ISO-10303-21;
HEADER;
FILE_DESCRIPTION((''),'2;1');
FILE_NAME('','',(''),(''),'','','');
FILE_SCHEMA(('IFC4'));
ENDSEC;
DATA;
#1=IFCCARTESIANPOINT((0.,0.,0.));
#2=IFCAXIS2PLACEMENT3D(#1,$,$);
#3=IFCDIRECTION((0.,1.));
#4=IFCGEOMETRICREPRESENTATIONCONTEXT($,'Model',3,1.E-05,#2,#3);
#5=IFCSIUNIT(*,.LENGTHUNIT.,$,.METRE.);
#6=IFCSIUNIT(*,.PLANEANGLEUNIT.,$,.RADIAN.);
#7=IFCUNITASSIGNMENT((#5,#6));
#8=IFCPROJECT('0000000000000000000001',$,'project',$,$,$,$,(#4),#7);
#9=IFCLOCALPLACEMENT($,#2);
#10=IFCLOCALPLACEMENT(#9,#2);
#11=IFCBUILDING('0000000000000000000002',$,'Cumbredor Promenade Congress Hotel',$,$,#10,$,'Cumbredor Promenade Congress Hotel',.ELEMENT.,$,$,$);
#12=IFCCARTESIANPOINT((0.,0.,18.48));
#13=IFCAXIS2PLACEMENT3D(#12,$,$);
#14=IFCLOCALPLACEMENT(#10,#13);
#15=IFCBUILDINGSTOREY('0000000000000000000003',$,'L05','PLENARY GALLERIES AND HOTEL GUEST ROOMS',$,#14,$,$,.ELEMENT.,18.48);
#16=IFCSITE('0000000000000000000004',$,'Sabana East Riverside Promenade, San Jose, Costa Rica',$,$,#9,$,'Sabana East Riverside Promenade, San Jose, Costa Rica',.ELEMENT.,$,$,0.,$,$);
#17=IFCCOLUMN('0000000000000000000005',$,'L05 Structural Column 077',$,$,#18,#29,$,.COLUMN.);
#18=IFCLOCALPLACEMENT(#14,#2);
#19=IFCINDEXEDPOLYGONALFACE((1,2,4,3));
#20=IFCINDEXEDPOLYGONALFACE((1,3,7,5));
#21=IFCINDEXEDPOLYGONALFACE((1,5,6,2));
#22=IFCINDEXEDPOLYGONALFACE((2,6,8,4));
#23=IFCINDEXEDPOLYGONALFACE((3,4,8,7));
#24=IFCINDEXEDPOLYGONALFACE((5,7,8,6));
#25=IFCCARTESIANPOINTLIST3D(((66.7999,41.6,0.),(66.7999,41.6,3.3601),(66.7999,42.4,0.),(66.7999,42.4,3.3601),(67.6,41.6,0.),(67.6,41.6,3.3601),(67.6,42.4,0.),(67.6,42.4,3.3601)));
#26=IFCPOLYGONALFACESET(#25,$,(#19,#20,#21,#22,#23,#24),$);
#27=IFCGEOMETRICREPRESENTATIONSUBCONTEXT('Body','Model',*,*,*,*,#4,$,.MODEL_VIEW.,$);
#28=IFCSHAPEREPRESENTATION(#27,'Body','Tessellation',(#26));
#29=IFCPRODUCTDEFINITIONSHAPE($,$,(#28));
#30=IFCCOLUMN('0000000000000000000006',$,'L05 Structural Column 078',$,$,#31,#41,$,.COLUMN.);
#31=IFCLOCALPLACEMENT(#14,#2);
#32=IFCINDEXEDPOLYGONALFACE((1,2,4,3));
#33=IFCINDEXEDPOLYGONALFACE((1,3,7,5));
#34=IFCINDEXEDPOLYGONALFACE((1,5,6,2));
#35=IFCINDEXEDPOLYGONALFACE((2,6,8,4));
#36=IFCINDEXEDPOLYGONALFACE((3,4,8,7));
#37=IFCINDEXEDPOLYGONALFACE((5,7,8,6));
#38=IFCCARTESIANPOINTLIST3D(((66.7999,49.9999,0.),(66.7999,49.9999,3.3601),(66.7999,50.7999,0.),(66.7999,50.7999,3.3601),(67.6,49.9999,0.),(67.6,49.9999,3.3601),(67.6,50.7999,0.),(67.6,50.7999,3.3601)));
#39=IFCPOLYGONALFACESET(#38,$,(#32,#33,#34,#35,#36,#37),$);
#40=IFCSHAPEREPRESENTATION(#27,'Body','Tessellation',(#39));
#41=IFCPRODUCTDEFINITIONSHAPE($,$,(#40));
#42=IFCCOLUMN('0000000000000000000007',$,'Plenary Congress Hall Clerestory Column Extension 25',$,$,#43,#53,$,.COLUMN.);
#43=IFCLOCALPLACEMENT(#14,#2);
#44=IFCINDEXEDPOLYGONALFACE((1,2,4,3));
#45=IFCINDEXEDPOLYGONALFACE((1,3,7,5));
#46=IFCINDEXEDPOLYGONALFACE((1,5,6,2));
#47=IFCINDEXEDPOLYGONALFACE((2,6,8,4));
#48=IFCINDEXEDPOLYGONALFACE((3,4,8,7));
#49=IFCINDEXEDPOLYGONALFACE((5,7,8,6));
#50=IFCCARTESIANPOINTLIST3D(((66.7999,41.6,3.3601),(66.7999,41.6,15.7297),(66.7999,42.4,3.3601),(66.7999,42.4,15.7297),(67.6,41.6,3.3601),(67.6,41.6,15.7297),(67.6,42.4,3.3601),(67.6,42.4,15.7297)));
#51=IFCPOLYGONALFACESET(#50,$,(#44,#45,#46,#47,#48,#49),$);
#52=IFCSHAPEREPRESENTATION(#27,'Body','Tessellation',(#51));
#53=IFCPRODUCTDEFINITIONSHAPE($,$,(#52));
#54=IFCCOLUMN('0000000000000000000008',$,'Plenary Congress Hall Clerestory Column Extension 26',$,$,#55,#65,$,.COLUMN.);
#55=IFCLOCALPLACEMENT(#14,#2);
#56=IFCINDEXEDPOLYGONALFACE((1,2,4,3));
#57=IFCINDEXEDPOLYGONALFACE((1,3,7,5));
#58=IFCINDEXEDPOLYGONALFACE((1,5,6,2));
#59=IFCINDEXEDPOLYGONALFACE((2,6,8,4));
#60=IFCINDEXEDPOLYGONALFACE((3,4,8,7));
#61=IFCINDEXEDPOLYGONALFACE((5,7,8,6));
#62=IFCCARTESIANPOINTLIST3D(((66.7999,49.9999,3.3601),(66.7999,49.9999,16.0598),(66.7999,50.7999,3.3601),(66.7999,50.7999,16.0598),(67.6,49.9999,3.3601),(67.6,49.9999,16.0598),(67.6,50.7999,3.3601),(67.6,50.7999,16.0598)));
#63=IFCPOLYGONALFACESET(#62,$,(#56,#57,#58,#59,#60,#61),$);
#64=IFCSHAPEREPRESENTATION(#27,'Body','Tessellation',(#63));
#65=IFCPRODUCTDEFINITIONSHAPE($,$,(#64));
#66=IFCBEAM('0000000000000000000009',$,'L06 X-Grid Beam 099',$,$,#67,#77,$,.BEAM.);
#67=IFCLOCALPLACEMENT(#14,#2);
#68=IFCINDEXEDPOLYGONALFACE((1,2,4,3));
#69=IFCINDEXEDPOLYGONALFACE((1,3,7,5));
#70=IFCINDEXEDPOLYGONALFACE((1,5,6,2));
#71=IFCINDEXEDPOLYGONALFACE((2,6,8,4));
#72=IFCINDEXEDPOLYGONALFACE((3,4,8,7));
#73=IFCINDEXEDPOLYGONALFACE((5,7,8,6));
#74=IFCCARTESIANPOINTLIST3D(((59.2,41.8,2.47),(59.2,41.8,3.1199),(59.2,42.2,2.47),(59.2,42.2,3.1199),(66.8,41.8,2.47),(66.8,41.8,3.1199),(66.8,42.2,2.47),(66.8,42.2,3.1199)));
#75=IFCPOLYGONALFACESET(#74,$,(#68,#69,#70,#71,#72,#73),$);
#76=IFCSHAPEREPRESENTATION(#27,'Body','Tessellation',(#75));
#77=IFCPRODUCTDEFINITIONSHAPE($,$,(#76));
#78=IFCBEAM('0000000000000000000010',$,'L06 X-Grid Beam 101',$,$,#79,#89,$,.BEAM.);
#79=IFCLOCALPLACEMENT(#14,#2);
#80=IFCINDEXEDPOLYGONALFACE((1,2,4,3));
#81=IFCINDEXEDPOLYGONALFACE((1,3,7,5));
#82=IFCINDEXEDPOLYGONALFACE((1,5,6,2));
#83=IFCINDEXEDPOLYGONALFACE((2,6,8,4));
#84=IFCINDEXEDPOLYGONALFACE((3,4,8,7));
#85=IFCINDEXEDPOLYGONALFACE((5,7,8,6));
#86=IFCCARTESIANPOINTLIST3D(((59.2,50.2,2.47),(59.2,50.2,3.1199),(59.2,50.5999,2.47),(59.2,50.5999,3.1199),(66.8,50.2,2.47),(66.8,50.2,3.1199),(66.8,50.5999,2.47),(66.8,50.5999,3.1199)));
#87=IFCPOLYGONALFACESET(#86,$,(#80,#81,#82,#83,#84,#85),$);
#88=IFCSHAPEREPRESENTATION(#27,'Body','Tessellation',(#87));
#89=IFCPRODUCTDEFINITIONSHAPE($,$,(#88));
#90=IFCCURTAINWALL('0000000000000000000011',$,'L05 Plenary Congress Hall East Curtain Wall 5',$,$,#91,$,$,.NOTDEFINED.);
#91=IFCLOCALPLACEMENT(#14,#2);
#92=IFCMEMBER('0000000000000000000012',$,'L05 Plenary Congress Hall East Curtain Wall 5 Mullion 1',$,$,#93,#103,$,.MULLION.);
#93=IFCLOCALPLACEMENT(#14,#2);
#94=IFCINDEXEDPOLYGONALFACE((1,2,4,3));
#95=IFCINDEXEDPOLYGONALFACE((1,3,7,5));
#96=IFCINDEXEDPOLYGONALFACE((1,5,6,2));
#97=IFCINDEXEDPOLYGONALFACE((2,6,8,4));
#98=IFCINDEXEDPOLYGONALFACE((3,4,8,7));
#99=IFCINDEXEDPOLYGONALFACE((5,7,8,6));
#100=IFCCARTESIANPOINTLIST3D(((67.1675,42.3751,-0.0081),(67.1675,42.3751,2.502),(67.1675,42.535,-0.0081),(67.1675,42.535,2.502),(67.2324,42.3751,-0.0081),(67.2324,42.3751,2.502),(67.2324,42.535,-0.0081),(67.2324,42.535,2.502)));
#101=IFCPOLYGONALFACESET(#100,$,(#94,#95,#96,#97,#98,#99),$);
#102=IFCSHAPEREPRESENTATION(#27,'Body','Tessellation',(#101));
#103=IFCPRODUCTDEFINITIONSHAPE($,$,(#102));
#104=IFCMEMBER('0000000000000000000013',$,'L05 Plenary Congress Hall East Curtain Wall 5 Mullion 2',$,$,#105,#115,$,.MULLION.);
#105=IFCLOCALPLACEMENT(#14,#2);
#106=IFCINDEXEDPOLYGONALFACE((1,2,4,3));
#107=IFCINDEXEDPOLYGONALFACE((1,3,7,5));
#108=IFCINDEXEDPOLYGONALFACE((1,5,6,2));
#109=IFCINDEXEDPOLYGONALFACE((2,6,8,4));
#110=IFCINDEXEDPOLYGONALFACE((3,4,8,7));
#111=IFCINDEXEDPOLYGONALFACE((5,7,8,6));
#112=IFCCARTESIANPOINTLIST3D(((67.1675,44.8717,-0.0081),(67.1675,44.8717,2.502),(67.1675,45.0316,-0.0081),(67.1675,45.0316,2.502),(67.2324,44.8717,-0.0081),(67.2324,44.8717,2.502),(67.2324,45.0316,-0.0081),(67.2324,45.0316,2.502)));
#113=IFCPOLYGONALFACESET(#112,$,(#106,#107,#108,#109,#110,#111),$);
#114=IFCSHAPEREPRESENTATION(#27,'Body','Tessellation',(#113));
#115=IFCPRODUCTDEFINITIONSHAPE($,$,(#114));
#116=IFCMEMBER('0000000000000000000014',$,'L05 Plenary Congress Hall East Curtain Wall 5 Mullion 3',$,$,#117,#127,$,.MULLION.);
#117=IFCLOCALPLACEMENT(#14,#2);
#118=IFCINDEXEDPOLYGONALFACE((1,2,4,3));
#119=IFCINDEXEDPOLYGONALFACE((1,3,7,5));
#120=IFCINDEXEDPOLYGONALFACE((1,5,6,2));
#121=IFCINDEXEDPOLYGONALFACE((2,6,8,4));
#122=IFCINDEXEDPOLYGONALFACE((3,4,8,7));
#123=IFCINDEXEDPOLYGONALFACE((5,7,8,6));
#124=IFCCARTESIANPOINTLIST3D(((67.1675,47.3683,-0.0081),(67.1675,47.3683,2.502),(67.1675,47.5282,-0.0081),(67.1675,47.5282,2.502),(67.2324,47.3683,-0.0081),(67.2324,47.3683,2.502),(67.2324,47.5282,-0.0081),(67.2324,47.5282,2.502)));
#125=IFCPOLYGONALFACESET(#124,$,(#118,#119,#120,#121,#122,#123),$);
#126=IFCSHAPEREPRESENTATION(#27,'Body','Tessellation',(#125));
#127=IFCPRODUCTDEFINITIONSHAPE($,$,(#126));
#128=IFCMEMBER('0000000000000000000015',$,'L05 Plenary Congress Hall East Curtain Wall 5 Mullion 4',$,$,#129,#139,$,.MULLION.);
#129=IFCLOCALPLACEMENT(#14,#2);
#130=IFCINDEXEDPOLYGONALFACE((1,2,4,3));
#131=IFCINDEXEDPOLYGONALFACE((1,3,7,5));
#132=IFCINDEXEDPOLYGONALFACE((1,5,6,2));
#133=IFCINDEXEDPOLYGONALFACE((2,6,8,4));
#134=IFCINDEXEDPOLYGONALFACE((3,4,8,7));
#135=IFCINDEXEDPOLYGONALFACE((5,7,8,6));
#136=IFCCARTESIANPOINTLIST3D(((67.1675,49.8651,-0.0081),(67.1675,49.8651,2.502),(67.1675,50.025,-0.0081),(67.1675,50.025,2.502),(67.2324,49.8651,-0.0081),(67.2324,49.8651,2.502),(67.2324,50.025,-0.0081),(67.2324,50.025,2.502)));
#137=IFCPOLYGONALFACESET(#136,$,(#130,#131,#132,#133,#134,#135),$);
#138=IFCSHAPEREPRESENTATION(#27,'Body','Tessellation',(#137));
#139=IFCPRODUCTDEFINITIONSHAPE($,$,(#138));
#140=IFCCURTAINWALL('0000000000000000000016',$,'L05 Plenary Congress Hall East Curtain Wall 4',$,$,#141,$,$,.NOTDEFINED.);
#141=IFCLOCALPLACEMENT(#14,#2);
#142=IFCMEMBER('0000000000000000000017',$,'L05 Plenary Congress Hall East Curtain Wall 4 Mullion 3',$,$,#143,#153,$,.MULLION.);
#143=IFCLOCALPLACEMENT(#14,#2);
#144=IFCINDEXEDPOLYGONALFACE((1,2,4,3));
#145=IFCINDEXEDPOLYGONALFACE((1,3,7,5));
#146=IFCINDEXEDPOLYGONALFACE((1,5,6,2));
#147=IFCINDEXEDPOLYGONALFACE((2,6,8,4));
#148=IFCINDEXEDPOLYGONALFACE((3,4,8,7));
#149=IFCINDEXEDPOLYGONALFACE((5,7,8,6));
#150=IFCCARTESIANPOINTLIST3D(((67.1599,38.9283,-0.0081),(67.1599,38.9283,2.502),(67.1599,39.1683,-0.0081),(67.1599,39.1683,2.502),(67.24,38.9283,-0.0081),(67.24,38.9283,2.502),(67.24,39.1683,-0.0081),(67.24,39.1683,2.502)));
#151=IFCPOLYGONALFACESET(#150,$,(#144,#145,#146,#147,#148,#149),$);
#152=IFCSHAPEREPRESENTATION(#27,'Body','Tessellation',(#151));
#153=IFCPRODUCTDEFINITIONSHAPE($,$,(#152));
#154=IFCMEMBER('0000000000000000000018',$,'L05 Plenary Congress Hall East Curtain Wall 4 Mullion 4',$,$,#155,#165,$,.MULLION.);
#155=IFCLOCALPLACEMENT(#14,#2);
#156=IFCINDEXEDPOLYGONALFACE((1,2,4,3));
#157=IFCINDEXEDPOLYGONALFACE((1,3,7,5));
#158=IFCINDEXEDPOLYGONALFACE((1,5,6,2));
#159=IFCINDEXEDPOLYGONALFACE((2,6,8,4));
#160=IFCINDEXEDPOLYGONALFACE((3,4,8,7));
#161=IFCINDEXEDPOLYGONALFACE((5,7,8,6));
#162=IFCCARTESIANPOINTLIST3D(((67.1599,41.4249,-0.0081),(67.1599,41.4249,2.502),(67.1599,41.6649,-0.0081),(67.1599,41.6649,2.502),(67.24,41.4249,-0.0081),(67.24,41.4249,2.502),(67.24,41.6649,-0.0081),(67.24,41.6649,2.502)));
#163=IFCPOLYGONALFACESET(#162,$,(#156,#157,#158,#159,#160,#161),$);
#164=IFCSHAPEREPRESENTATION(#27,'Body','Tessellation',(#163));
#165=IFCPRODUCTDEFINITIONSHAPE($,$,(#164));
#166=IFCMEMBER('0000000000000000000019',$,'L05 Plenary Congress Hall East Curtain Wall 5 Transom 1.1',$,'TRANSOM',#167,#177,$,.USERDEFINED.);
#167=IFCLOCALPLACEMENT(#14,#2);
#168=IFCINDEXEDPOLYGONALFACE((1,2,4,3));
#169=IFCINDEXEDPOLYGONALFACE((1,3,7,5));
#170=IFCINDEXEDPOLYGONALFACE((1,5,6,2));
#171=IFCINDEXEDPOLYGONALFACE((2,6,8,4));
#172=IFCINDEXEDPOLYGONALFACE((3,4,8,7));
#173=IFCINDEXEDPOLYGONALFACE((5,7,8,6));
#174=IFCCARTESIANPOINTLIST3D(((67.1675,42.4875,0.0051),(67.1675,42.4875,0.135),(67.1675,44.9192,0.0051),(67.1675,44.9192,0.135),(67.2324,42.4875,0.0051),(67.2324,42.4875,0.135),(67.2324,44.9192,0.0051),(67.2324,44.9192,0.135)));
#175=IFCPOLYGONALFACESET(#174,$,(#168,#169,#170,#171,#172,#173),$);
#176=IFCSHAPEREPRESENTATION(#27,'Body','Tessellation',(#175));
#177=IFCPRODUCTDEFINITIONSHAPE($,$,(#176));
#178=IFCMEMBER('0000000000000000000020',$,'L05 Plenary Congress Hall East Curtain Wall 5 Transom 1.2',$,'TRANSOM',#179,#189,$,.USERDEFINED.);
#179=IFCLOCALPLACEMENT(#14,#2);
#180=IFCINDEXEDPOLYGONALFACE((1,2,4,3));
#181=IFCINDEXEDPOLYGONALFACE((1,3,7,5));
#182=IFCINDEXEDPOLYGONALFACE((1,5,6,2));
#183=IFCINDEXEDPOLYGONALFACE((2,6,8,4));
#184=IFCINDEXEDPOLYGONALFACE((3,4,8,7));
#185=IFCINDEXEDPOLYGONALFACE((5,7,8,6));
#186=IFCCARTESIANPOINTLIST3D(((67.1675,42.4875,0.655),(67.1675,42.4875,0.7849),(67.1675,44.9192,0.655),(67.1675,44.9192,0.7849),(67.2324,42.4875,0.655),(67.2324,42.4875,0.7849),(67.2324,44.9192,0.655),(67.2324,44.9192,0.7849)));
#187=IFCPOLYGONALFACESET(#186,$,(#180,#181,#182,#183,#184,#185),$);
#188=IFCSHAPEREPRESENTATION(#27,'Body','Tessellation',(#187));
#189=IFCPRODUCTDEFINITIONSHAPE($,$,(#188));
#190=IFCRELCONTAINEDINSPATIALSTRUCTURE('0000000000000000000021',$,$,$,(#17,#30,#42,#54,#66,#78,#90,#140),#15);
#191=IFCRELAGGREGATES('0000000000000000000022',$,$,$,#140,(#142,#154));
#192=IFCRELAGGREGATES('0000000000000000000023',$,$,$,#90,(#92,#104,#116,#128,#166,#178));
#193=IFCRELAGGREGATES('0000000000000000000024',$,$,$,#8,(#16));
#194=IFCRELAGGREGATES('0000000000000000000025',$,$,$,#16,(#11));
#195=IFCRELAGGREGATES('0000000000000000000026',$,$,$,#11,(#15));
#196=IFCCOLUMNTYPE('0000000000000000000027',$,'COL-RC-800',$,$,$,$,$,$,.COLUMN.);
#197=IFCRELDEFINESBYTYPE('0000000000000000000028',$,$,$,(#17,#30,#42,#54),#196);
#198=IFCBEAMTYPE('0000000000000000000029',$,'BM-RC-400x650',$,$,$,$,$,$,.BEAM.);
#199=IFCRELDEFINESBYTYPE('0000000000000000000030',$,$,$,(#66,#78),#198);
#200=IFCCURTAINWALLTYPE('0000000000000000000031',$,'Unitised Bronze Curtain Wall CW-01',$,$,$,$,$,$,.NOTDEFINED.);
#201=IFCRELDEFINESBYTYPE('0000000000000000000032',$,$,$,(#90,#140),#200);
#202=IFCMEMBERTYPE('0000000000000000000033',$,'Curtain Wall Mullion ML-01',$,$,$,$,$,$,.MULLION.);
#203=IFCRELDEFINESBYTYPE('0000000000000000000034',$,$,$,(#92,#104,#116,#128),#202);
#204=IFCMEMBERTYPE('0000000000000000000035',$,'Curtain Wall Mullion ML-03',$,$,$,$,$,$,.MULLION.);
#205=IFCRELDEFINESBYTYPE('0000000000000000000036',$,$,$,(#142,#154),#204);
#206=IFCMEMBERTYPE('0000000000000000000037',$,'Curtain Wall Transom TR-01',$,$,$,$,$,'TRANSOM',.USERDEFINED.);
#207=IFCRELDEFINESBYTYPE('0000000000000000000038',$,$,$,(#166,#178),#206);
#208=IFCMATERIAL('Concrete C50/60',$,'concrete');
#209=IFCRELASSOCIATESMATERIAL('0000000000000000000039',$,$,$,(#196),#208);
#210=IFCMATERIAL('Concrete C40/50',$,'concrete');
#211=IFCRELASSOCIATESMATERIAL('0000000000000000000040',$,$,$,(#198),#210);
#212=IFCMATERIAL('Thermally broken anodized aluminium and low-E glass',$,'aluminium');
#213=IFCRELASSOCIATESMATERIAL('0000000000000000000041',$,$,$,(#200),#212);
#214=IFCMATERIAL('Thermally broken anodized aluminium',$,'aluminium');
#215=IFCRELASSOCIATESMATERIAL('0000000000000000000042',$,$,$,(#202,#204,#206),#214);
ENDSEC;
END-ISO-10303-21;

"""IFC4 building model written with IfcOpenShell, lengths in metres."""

from ifc_helpers import new_model, si_unit, direction, frame, origin, origin_2d, place, context, subcontext, project, spatial, rectangle, extrude, material, material_profile, profile_set, type_object, element, aggregate, save


model = new_model("IFC4")

# Units and contexts
model_context = context("Model", 3, precision=1e-05, world=origin(), true_north=direction((0.0, 1.0)))
body_context = subcontext(model_context, "Body", "Model", "MODEL_VIEW")
ifc_project = project(units=[si_unit("LENGTHUNIT", "METRE"), si_unit("PLANEANGLEUNIT", "RADIAN")], contexts=[model_context])

# Site, building, storey
site_placement = place(None, origin())
site = spatial("IfcSite", under=ifc_project, at=site_placement, Name="Sabana East Riverside Promenade, San Jose, Costa Rica", LongName="Sabana East Riverside Promenade, San Jose, Costa Rica", CompositionType="ELEMENT", RefElevation=0.0)
building_placement = place(site_placement, origin())
building = spatial("IfcBuilding", under=site, at=building_placement, Name="Cumbredor Promenade Congress Hotel", LongName="Cumbredor Promenade Congress Hotel", CompositionType="ELEMENT")
storey_placement = place(building_placement, frame((0.0, 0.0, 18.48)))
storey = spatial("IfcBuildingStorey", under=building, at=storey_placement, Name="L05", Description="PLENARY GALLERIES AND HOTEL GUEST ROOMS", CompositionType="ELEMENT", Elevation=18.48)

# Columns
ifc_material_1 = material(Name="Concrete C50/60", Category="concrete")
ifc_material_profile_1 = material_profile(ifc_material_1, rectangle(XDim=0.8, YDim=0.8, at=origin_2d()), Name="RC 800x800")
ifc_profile_set_1 = profile_set([ifc_material_profile_1], Name="Concrete C50/60")
column_type = type_object("IfcColumnType", Name="COL-RC-800", PredefinedType="COLUMN", material=ifc_profile_set_1)
for number, where, z_axis, x_axis, name in (
    (1, (67.2, 42.0, 0.0), (0.0, 0.0, 1.0), (1.0, 0.0, 0.0), "L05 Structural Column 077"),
    (2, (67.2, 50.3999, 0.0), (0.0, 0.0, 1.0), (1.0, 0.0, 0.0), "L05 Structural Column 078"),
):
    element("IfcColumn", number, at=place(storey_placement, frame(where, z_axis=z_axis, x_axis=x_axis)), inside=storey, type_object=column_type, Name=name, PredefinedType="COLUMN", context=body_context, shape_type="SweptSolid", body=[
        extrude(rectangle(XDim=0.8, YDim=0.8, at=origin_2d()), origin(), (0.0, 0.0, 1.0), 3.3601),
    ])
column_1_placement = place(storey_placement, frame((67.2, 42.0, 3.3601), z_axis=(0.0, 0.0, 1.0), x_axis=(1.0, 0.0, 0.0)))
element("IfcColumn", 3, at=column_1_placement, inside=storey, type_object=column_type, Name="Plenary Congress Hall Clerestory Column Extension 25", PredefinedType="COLUMN", context=body_context, shape_type="SweptSolid", body=[
    extrude(rectangle(XDim=0.8, YDim=0.8, at=origin_2d()), origin(), (0.0, 0.0, 1.0), 12.3696),
])
column_2_placement = place(storey_placement, frame((67.2, 50.3999, 3.3601), z_axis=(0.0, 0.0, 1.0), x_axis=(1.0, 0.0, 0.0)))
element("IfcColumn", 4, at=column_2_placement, inside=storey, type_object=column_type, Name="Plenary Congress Hall Clerestory Column Extension 26", PredefinedType="COLUMN", context=body_context, shape_type="SweptSolid", body=[
    extrude(rectangle(XDim=0.8, YDim=0.8, at=origin_2d()), origin(), (0.0, 0.0, 1.0), 12.6997),
])

# Beams
ifc_material_2 = material(Name="Concrete C40/50", Category="concrete")
ifc_material_profile_2 = material_profile(ifc_material_2, rectangle(XDim=0.3999, YDim=0.6499, at=origin_2d()), Name="RC BEAM 400x650")
ifc_profile_set_2 = profile_set([ifc_material_profile_2], Name="Concrete C40/50")
beam_type_1 = type_object("IfcBeamType", Name="BM-RC-400x650", PredefinedType="BEAM", material=ifc_profile_set_2)
for number, where, z_axis, x_axis, name in (
    (5, (59.2, 42.0, 2.7949), (1.0, 0.0, 0.0), (0.0, 1.0, 0.0), "L06 X-Grid Beam 099"),
    (6, (59.2, 50.3999, 2.7949), (1.0, 0.0, 0.0), (0.0, 1.0, 0.0), "L06 X-Grid Beam 101"),
):
    element("IfcBeam", number, at=place(storey_placement, frame(where, z_axis=z_axis, x_axis=x_axis)), inside=storey, type_object=beam_type_1, Name=name, PredefinedType="BEAM", context=body_context, shape_type="SweptSolid", body=[
        extrude(rectangle(XDim=0.3999, YDim=0.6499, at=origin_2d()), origin(), (0.0, 0.0, 1.0), 7.6001),
    ])

# Curtain walls, members
ifc_material_3 = material(Name="Thermally broken anodized aluminium and low-E glass", Category="aluminium")
curtain_wall_type = type_object("IfcCurtainWallType", Name="Unitised Bronze Curtain Wall CW-01", PredefinedType="NOTDEFINED", material=ifc_material_3)
curtain_wall_1_placement = place(storey_placement, origin())
curtain_wall_1 = element("IfcCurtainWall", 7, at=curtain_wall_1_placement, inside=storey, type_object=curtain_wall_type, Name="L05 Plenary Congress Hall East Curtain Wall 5", PredefinedType="NOTDEFINED")
ifc_material_4 = material(Name="Thermally broken anodized aluminium", Category="aluminium")
ifc_material_profile_3 = material_profile(ifc_material_4, rectangle(XDim=0.0649, YDim=0.1599, at=origin_2d()), Name="ALU MULLION 65x160")
ifc_profile_set_3 = profile_set([ifc_material_profile_3], Name="Thermally broken anodized aluminium")
member_type_1 = type_object("IfcMemberType", Name="Curtain Wall Mullion ML-01", PredefinedType="MULLION", material=ifc_profile_set_3)
member_1_placement = place(storey_placement, frame((67.2, 42.4551, -0.0081), z_axis=(0.0, 0.0, 1.0), x_axis=(1.0, 0.0, 0.0)))
member_1 = element("IfcMember", 8, at=member_1_placement, type_object=member_type_1, Name="L05 Plenary Congress Hall East Curtain Wall 5 Mullion 1", PredefinedType="MULLION", context=body_context, shape_type="SweptSolid", body=[
    extrude(rectangle(XDim=0.0649, YDim=0.1599, at=origin_2d()), origin(), (0.0, 0.0, 1.0), 2.51),
])
member_2_placement = place(storey_placement, frame((67.2, 44.9517, -0.0081), z_axis=(0.0, 0.0, 1.0), x_axis=(1.0, 0.0, 0.0)))
member_2 = element("IfcMember", 9, at=member_2_placement, type_object=member_type_1, Name="L05 Plenary Congress Hall East Curtain Wall 5 Mullion 2", PredefinedType="MULLION", context=body_context, shape_type="SweptSolid", body=[
    extrude(rectangle(XDim=0.0649, YDim=0.1599, at=origin_2d()), origin(), (0.0, 0.0, 1.0), 2.51),
])
member_3_placement = place(storey_placement, frame((67.2, 47.4482, -0.0081), z_axis=(0.0, 0.0, 1.0), x_axis=(1.0, 0.0, 0.0)))
member_3 = element("IfcMember", 10, at=member_3_placement, type_object=member_type_1, Name="L05 Plenary Congress Hall East Curtain Wall 5 Mullion 3", PredefinedType="MULLION", context=body_context, shape_type="SweptSolid", body=[
    extrude(rectangle(XDim=0.0649, YDim=0.1599, at=origin_2d()), origin(), (0.0, 0.0, 1.0), 2.51),
])
member_4_placement = place(storey_placement, frame((67.2, 49.9451, -0.0081), z_axis=(0.0, 0.0, 1.0), x_axis=(1.0, 0.0, 0.0)))
member_4 = element("IfcMember", 11, at=member_4_placement, type_object=member_type_1, Name="L05 Plenary Congress Hall East Curtain Wall 5 Mullion 4", PredefinedType="MULLION", context=body_context, shape_type="SweptSolid", body=[
    extrude(rectangle(XDim=0.0649, YDim=0.1599, at=origin_2d()), origin(), (0.0, 0.0, 1.0), 2.51),
])
curtain_wall_2_placement = place(storey_placement, origin())
curtain_wall_2 = element("IfcCurtainWall", 12, at=curtain_wall_2_placement, inside=storey, type_object=curtain_wall_type, Name="L05 Plenary Congress Hall East Curtain Wall 4", PredefinedType="NOTDEFINED")
ifc_material_profile_4 = material_profile(ifc_material_4, rectangle(XDim=0.0801, YDim=0.24, at=origin_2d()), Name="ALU MULLION 80x240")
ifc_profile_set_4 = profile_set([ifc_material_profile_4], Name="Thermally broken anodized aluminium")
member_type_2 = type_object("IfcMemberType", Name="Curtain Wall Mullion ML-03", PredefinedType="MULLION", material=ifc_profile_set_4)
member_5_placement = place(storey_placement, frame((67.2, 39.0483, -0.0081), z_axis=(0.0, 0.0, 1.0), x_axis=(1.0, 0.0, 0.0)))
member_5 = element("IfcMember", 13, at=member_5_placement, type_object=member_type_2, Name="L05 Plenary Congress Hall East Curtain Wall 4 Mullion 3", PredefinedType="MULLION", context=body_context, shape_type="SweptSolid", body=[
    extrude(rectangle(XDim=0.0801, YDim=0.24, at=origin_2d()), origin(), (0.0, 0.0, 1.0), 2.51),
])
member_6_placement = place(storey_placement, frame((67.2, 41.5449, -0.0081), z_axis=(0.0, 0.0, 1.0), x_axis=(1.0, 0.0, 0.0)))
member_6 = element("IfcMember", 14, at=member_6_placement, type_object=member_type_2, Name="L05 Plenary Congress Hall East Curtain Wall 4 Mullion 4", PredefinedType="MULLION", context=body_context, shape_type="SweptSolid", body=[
    extrude(rectangle(XDim=0.0801, YDim=0.24, at=origin_2d()), origin(), (0.0, 0.0, 1.0), 2.51),
])

# Members
ifc_material_profile_5 = material_profile(ifc_material_4, rectangle(XDim=0.0649, YDim=0.1299, at=origin_2d()), Name="ALU TRANSOM 65x130")
ifc_profile_set_5 = profile_set([ifc_material_profile_5], Name="Thermally broken anodized aluminium")
member_type_3 = type_object("IfcMemberType", Name="Curtain Wall Transom TR-01", ElementType="TRANSOM", PredefinedType="USERDEFINED", material=ifc_profile_set_5)
member_7_placement = place(storey_placement, frame((67.2, 42.4875, 0.0701), z_axis=(0.0, 1.0, 0.0), x_axis=(-1.0, 0.0, 0.0)))
member_7 = element("IfcMember", 15, at=member_7_placement, type_object=member_type_3, Name="L05 Plenary Congress Hall East Curtain Wall 5 Transom 1.1", ObjectType="TRANSOM", PredefinedType="USERDEFINED", context=body_context, shape_type="SweptSolid", body=[
    extrude(rectangle(XDim=0.0649, YDim=0.1299, at=origin_2d()), origin(), (0.0, 0.0, 1.0), 2.4316),
])
member_8_placement = place(storey_placement, frame((67.2, 42.4875, 0.72), z_axis=(0.0, 1.0, 0.0), x_axis=(-1.0, 0.0, 0.0)))
member_8 = element("IfcMember", 16, at=member_8_placement, type_object=member_type_3, Name="L05 Plenary Congress Hall East Curtain Wall 5 Transom 1.2", ObjectType="TRANSOM", PredefinedType="USERDEFINED", context=body_context, shape_type="SweptSolid", body=[
    extrude(rectangle(XDim=0.0649, YDim=0.1299, at=origin_2d()), origin(), (0.0, 0.0, 1.0), 2.4316),
])

aggregate(curtain_wall_2, [member_5, member_6])
aggregate(curtain_wall_1, [member_1, member_2, member_3, member_4, member_7, member_8])

save(model, "model.ifc")
